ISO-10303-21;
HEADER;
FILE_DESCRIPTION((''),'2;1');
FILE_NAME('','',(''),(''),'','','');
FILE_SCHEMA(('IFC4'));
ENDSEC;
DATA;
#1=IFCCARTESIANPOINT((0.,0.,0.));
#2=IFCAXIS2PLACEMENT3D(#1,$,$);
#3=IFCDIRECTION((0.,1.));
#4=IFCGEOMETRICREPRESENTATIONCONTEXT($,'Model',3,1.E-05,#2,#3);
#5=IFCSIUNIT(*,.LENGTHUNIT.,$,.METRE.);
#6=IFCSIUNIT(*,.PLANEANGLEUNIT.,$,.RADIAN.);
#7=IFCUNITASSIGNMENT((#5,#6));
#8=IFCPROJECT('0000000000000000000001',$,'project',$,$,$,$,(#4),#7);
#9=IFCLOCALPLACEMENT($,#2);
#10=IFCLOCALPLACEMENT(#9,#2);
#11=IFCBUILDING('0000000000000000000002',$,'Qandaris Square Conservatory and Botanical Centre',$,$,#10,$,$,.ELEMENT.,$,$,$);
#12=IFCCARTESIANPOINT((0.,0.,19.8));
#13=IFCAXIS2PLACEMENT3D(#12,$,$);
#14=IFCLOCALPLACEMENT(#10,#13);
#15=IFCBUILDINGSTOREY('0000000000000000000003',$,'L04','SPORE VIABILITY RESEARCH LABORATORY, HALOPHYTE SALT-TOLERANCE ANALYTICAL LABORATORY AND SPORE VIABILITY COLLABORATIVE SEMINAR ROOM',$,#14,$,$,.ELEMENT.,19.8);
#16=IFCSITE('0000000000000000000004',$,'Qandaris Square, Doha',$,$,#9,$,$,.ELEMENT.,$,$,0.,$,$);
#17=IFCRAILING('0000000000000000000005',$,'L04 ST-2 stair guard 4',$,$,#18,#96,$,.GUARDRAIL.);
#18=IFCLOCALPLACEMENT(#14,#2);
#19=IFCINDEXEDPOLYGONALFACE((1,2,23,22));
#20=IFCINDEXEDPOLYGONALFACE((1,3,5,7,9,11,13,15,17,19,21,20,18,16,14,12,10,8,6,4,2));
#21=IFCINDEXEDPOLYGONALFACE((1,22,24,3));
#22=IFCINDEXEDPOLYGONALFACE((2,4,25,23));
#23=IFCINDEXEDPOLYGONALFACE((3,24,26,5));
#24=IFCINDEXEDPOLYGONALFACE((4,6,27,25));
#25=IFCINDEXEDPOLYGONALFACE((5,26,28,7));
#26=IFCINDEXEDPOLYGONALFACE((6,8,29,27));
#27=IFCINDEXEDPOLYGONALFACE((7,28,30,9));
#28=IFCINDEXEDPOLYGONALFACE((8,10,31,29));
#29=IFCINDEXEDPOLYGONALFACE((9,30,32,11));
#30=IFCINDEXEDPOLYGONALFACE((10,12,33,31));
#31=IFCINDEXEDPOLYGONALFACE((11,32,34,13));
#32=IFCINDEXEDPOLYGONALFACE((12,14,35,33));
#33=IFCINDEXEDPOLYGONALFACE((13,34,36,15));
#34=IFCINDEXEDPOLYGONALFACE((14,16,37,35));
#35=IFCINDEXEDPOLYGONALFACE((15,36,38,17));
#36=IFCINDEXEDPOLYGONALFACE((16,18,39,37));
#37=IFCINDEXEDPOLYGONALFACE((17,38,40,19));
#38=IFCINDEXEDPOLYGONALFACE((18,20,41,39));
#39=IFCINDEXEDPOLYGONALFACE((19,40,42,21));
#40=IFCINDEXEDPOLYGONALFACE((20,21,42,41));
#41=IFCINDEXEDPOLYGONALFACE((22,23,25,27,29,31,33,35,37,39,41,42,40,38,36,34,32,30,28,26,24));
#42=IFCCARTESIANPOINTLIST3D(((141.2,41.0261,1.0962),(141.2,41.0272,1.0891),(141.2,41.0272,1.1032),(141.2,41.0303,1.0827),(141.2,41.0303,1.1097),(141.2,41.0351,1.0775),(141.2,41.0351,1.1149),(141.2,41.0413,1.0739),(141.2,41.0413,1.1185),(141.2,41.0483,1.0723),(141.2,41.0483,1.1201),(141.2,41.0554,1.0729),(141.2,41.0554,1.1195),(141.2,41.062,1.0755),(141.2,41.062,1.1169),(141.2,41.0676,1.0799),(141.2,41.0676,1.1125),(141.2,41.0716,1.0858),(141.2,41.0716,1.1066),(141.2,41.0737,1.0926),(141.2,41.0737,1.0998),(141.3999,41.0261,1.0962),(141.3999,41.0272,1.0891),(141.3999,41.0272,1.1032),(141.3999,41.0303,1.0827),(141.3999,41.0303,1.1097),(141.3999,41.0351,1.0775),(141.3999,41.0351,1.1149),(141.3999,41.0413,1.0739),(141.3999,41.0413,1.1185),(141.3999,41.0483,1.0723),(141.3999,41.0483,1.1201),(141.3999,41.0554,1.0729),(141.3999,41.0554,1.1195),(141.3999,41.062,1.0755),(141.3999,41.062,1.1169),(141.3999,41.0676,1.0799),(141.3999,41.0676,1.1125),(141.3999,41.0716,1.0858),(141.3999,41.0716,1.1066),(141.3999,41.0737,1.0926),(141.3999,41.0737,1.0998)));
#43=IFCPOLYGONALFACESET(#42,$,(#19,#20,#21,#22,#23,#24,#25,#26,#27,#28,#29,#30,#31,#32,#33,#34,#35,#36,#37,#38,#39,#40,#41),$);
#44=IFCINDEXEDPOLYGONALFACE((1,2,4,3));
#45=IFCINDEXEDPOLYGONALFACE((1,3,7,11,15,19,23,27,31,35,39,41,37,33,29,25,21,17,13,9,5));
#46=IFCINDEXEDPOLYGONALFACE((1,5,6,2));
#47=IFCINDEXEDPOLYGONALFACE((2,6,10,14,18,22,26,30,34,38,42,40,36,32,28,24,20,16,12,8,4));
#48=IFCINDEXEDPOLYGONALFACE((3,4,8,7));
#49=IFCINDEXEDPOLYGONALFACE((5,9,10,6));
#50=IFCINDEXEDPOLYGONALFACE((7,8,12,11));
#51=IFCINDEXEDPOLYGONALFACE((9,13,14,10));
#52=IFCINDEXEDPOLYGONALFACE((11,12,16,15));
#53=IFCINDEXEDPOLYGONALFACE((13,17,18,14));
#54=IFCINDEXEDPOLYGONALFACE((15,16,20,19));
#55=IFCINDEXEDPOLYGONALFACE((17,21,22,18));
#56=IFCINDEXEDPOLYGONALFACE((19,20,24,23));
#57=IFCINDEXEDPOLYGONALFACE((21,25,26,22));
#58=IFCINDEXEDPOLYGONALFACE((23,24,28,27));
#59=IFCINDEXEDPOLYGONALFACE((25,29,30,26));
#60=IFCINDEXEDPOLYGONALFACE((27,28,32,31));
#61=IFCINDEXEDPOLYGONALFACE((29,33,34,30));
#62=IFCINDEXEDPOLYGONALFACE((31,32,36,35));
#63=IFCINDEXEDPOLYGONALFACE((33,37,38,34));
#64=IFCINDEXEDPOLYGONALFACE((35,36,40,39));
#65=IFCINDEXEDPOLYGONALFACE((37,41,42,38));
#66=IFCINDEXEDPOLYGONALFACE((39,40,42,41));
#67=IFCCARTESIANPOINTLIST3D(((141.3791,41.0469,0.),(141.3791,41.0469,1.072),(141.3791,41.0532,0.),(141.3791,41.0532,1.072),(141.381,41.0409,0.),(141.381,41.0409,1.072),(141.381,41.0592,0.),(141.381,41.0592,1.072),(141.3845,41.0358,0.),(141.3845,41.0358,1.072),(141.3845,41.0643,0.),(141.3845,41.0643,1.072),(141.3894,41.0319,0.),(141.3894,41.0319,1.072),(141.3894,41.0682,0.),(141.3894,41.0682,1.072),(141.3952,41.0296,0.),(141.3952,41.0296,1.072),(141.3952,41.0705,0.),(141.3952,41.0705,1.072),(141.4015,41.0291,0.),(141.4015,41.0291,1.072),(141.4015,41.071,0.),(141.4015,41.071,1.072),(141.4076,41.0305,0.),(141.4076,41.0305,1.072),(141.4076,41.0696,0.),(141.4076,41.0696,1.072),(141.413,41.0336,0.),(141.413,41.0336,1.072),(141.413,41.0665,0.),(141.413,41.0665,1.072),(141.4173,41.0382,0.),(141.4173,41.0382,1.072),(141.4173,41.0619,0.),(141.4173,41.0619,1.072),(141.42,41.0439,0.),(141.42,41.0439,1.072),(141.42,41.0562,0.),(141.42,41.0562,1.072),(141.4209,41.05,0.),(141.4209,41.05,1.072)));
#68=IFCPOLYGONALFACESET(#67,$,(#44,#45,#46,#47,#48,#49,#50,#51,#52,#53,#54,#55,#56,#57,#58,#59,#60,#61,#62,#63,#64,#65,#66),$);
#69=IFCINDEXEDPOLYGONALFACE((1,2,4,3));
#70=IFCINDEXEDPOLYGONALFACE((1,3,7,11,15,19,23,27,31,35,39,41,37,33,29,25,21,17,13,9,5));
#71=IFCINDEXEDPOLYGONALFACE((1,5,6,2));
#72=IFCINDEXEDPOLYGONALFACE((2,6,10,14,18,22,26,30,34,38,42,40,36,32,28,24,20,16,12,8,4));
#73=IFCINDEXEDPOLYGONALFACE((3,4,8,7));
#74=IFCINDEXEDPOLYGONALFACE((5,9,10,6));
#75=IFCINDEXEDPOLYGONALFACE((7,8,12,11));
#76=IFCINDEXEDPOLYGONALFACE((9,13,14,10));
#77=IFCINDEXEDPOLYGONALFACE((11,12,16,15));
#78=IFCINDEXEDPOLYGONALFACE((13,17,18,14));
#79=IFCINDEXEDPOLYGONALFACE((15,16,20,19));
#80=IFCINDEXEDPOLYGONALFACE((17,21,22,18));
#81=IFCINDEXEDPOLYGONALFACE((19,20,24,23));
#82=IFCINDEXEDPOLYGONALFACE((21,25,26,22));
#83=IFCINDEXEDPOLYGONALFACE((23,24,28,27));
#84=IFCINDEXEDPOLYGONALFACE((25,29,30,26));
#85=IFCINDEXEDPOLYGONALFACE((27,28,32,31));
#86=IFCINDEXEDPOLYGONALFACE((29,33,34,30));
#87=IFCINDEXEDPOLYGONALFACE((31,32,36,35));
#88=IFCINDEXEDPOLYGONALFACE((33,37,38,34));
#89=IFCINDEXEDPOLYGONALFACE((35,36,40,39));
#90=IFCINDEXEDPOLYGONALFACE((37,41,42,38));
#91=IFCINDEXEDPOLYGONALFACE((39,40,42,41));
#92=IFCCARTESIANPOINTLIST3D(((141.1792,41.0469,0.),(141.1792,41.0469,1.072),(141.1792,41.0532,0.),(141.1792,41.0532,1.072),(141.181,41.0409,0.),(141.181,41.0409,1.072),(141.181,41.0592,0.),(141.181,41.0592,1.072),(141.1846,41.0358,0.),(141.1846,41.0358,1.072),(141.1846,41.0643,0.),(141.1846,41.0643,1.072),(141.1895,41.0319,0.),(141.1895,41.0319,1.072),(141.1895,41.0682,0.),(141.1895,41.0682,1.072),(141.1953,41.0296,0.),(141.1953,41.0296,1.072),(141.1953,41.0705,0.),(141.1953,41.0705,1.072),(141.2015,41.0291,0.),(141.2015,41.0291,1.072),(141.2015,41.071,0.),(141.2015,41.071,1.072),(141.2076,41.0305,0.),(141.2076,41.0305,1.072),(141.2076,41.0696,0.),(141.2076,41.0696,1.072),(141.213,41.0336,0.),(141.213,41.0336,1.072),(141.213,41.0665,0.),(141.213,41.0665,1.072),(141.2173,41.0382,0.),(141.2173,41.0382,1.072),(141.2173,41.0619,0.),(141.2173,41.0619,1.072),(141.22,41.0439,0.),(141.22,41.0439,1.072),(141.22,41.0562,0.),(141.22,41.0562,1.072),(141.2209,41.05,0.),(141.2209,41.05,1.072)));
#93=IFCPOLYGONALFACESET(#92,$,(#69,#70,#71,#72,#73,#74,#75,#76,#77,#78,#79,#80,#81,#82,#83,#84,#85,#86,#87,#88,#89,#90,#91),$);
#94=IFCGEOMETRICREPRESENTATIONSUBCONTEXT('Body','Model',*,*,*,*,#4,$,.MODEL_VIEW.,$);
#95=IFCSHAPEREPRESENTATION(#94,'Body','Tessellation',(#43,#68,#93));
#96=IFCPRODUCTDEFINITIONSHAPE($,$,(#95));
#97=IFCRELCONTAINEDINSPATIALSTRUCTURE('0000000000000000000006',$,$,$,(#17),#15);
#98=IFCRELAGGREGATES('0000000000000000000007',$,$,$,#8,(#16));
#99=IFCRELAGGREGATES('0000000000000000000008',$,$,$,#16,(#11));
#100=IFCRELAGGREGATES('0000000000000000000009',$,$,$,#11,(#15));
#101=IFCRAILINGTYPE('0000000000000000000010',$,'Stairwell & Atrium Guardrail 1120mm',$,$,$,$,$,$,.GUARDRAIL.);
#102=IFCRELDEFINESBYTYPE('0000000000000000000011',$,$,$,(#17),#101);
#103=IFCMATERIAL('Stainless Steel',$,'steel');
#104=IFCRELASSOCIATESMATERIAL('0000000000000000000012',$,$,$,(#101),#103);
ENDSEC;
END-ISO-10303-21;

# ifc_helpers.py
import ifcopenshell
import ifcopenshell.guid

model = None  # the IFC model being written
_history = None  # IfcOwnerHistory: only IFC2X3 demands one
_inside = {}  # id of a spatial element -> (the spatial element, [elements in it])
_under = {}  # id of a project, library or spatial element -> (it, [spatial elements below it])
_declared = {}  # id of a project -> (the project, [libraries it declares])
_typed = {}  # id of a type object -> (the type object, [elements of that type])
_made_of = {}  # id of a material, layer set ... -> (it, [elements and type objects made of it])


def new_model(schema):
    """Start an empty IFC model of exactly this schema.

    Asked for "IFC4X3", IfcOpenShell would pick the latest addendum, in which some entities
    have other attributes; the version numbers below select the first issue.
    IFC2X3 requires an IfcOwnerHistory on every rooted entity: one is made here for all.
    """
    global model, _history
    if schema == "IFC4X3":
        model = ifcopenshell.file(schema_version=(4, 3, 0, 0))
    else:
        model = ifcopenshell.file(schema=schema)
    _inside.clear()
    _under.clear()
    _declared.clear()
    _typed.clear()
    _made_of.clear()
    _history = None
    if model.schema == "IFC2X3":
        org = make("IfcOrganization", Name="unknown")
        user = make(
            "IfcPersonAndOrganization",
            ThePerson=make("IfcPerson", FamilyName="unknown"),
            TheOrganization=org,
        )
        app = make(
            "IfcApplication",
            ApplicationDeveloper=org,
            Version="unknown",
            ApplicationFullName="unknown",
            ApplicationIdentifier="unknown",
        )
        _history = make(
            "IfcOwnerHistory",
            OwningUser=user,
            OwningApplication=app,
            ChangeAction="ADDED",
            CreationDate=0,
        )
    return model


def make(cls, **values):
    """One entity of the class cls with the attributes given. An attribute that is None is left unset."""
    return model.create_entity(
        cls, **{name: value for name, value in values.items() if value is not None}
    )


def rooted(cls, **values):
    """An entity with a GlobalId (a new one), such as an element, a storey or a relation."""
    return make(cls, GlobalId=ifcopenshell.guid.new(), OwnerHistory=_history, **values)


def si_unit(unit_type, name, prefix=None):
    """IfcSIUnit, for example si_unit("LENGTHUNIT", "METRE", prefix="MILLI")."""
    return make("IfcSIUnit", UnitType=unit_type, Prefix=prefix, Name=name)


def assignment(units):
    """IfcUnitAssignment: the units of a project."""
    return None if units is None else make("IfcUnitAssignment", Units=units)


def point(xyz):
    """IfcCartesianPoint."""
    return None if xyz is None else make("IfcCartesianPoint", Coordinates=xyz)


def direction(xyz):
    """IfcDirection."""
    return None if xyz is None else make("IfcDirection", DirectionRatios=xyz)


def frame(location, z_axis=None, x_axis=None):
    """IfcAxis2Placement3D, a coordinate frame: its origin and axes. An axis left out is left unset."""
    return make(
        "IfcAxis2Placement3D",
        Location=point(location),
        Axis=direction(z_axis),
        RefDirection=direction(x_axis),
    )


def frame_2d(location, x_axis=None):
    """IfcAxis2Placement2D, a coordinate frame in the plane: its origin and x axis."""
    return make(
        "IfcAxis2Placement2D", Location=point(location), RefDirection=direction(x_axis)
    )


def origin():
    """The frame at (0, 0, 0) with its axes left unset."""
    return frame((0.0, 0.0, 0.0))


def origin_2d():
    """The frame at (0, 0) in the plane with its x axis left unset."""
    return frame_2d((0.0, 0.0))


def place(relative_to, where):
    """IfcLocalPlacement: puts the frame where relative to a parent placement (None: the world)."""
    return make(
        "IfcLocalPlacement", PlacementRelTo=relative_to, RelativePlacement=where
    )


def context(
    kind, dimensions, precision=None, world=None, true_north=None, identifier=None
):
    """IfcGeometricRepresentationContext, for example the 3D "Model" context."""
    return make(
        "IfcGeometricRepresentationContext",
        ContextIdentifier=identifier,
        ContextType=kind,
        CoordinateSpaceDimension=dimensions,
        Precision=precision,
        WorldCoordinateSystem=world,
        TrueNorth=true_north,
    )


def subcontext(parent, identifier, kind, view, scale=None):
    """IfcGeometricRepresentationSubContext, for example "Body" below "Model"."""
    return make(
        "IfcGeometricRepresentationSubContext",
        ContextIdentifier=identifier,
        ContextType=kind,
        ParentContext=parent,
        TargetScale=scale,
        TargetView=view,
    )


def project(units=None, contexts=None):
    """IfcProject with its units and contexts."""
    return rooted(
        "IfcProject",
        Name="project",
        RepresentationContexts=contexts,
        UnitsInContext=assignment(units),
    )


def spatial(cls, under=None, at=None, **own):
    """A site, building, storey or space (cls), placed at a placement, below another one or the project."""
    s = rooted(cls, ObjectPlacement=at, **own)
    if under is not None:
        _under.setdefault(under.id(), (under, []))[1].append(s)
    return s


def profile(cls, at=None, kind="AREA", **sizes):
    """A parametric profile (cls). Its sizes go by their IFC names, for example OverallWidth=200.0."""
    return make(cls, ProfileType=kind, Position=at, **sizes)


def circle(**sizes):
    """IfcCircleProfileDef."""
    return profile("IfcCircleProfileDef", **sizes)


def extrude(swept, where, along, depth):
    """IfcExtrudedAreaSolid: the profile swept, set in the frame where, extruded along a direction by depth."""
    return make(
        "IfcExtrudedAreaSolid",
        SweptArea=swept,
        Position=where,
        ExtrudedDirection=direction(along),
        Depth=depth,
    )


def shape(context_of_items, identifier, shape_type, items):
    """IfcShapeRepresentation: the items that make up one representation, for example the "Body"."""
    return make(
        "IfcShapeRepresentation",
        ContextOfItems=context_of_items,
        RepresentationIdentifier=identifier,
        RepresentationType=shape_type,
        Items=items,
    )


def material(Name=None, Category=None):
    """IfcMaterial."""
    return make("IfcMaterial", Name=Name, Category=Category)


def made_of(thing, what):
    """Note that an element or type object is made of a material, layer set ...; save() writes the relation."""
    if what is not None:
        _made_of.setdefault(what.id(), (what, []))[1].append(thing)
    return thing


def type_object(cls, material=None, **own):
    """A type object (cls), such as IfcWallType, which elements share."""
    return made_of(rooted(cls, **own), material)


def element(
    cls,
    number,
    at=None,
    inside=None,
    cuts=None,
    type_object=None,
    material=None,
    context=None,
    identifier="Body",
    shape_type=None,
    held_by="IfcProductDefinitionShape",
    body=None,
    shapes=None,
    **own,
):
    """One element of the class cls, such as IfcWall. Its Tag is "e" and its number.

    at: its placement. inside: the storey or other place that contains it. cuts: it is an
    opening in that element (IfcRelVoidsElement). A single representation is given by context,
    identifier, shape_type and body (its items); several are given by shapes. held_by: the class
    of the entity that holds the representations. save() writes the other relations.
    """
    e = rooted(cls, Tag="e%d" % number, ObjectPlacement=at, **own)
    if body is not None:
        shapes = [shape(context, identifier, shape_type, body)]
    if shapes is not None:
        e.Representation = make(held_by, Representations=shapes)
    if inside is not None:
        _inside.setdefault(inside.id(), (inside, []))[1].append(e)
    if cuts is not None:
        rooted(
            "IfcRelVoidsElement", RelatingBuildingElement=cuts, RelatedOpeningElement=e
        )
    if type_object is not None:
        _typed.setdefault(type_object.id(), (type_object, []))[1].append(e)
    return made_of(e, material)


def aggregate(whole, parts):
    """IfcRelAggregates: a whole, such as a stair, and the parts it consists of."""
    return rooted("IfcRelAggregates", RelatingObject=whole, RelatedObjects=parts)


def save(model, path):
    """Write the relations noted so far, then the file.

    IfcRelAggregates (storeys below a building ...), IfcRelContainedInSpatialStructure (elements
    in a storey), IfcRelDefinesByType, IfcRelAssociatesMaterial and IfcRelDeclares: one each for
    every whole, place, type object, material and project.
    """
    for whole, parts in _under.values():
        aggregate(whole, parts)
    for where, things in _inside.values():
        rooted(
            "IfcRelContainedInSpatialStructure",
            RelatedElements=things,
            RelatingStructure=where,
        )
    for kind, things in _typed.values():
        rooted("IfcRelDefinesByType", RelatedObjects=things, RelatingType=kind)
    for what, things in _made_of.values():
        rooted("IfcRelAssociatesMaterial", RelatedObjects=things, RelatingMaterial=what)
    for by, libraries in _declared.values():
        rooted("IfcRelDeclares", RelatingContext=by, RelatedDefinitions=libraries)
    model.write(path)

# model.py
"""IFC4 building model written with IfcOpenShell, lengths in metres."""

from ifc_helpers import new_model, si_unit, direction, frame, origin, origin_2d, place, context, subcontext, project, spatial, circle, extrude, material, type_object, element, save


model = new_model("IFC4")

# Units and contexts
model_context = context("Model", 3, precision=1e-05, world=origin(), true_north=direction((0.0, 1.0)))
body_context = subcontext(model_context, "Body", "Model", "MODEL_VIEW")
ifc_project = project(units=[si_unit("LENGTHUNIT", "METRE"), si_unit("PLANEANGLEUNIT", "RADIAN")], contexts=[model_context])

# Site, building, storey
site_placement = place(None, origin())
site = spatial("IfcSite", under=ifc_project, at=site_placement, Name="Qandaris Square, Doha", CompositionType="ELEMENT", RefElevation=0.0)
building_placement = place(site_placement, origin())
building = spatial("IfcBuilding", under=site, at=building_placement, Name="Qandaris Square Conservatory and Botanical Centre", CompositionType="ELEMENT")
storey_placement = place(building_placement, frame((0.0, 0.0, 19.8)))
storey = spatial("IfcBuildingStorey", under=building, at=storey_placement, Name="L04", Description="SPORE VIABILITY RESEARCH LABORATORY, HALOPHYTE SALT-TOLERANCE ANALYTICAL LABORATORY AND SPORE VIABILITY COLLABORATIVE SEMINAR ROOM", CompositionType="ELEMENT", Elevation=19.8)

# Railing
ifc_material_1 = material(Name="Stainless Steel", Category="steel")
railing_type_1 = type_object("IfcRailingType", Name="Stairwell & Atrium Guardrail 1120mm", PredefinedType="GUARDRAIL", material=ifc_material_1)
railing_1_placement = place(storey_placement, frame((141.3999, 41.05, 0.0)))
element("IfcRailing", 1, at=railing_1_placement, inside=storey, type_object=railing_type_1, Name="L04 ST-2 stair guard 4", PredefinedType="GUARDRAIL", context=body_context, shape_type="SweptSolid", body=[
    extrude(circle(Radius=0.0239, at=origin_2d()), frame((0.0, 0.0, 1.0962), z_axis=(-1.0, 0.0, 0.0), x_axis=(0.0, -1.0, 0.0)), (0.0, 0.0, 1.0), 0.2),
    extrude(circle(Radius=0.021, at=origin_2d()), origin(), (0.0, 0.0, 1.0), 1.072),
    extrude(circle(Radius=0.021, at=origin_2d()), frame((-0.2, 0.0, 0.0)), (0.0, 0.0, 1.0), 1.072),
])

save(model, "model.ifc")
